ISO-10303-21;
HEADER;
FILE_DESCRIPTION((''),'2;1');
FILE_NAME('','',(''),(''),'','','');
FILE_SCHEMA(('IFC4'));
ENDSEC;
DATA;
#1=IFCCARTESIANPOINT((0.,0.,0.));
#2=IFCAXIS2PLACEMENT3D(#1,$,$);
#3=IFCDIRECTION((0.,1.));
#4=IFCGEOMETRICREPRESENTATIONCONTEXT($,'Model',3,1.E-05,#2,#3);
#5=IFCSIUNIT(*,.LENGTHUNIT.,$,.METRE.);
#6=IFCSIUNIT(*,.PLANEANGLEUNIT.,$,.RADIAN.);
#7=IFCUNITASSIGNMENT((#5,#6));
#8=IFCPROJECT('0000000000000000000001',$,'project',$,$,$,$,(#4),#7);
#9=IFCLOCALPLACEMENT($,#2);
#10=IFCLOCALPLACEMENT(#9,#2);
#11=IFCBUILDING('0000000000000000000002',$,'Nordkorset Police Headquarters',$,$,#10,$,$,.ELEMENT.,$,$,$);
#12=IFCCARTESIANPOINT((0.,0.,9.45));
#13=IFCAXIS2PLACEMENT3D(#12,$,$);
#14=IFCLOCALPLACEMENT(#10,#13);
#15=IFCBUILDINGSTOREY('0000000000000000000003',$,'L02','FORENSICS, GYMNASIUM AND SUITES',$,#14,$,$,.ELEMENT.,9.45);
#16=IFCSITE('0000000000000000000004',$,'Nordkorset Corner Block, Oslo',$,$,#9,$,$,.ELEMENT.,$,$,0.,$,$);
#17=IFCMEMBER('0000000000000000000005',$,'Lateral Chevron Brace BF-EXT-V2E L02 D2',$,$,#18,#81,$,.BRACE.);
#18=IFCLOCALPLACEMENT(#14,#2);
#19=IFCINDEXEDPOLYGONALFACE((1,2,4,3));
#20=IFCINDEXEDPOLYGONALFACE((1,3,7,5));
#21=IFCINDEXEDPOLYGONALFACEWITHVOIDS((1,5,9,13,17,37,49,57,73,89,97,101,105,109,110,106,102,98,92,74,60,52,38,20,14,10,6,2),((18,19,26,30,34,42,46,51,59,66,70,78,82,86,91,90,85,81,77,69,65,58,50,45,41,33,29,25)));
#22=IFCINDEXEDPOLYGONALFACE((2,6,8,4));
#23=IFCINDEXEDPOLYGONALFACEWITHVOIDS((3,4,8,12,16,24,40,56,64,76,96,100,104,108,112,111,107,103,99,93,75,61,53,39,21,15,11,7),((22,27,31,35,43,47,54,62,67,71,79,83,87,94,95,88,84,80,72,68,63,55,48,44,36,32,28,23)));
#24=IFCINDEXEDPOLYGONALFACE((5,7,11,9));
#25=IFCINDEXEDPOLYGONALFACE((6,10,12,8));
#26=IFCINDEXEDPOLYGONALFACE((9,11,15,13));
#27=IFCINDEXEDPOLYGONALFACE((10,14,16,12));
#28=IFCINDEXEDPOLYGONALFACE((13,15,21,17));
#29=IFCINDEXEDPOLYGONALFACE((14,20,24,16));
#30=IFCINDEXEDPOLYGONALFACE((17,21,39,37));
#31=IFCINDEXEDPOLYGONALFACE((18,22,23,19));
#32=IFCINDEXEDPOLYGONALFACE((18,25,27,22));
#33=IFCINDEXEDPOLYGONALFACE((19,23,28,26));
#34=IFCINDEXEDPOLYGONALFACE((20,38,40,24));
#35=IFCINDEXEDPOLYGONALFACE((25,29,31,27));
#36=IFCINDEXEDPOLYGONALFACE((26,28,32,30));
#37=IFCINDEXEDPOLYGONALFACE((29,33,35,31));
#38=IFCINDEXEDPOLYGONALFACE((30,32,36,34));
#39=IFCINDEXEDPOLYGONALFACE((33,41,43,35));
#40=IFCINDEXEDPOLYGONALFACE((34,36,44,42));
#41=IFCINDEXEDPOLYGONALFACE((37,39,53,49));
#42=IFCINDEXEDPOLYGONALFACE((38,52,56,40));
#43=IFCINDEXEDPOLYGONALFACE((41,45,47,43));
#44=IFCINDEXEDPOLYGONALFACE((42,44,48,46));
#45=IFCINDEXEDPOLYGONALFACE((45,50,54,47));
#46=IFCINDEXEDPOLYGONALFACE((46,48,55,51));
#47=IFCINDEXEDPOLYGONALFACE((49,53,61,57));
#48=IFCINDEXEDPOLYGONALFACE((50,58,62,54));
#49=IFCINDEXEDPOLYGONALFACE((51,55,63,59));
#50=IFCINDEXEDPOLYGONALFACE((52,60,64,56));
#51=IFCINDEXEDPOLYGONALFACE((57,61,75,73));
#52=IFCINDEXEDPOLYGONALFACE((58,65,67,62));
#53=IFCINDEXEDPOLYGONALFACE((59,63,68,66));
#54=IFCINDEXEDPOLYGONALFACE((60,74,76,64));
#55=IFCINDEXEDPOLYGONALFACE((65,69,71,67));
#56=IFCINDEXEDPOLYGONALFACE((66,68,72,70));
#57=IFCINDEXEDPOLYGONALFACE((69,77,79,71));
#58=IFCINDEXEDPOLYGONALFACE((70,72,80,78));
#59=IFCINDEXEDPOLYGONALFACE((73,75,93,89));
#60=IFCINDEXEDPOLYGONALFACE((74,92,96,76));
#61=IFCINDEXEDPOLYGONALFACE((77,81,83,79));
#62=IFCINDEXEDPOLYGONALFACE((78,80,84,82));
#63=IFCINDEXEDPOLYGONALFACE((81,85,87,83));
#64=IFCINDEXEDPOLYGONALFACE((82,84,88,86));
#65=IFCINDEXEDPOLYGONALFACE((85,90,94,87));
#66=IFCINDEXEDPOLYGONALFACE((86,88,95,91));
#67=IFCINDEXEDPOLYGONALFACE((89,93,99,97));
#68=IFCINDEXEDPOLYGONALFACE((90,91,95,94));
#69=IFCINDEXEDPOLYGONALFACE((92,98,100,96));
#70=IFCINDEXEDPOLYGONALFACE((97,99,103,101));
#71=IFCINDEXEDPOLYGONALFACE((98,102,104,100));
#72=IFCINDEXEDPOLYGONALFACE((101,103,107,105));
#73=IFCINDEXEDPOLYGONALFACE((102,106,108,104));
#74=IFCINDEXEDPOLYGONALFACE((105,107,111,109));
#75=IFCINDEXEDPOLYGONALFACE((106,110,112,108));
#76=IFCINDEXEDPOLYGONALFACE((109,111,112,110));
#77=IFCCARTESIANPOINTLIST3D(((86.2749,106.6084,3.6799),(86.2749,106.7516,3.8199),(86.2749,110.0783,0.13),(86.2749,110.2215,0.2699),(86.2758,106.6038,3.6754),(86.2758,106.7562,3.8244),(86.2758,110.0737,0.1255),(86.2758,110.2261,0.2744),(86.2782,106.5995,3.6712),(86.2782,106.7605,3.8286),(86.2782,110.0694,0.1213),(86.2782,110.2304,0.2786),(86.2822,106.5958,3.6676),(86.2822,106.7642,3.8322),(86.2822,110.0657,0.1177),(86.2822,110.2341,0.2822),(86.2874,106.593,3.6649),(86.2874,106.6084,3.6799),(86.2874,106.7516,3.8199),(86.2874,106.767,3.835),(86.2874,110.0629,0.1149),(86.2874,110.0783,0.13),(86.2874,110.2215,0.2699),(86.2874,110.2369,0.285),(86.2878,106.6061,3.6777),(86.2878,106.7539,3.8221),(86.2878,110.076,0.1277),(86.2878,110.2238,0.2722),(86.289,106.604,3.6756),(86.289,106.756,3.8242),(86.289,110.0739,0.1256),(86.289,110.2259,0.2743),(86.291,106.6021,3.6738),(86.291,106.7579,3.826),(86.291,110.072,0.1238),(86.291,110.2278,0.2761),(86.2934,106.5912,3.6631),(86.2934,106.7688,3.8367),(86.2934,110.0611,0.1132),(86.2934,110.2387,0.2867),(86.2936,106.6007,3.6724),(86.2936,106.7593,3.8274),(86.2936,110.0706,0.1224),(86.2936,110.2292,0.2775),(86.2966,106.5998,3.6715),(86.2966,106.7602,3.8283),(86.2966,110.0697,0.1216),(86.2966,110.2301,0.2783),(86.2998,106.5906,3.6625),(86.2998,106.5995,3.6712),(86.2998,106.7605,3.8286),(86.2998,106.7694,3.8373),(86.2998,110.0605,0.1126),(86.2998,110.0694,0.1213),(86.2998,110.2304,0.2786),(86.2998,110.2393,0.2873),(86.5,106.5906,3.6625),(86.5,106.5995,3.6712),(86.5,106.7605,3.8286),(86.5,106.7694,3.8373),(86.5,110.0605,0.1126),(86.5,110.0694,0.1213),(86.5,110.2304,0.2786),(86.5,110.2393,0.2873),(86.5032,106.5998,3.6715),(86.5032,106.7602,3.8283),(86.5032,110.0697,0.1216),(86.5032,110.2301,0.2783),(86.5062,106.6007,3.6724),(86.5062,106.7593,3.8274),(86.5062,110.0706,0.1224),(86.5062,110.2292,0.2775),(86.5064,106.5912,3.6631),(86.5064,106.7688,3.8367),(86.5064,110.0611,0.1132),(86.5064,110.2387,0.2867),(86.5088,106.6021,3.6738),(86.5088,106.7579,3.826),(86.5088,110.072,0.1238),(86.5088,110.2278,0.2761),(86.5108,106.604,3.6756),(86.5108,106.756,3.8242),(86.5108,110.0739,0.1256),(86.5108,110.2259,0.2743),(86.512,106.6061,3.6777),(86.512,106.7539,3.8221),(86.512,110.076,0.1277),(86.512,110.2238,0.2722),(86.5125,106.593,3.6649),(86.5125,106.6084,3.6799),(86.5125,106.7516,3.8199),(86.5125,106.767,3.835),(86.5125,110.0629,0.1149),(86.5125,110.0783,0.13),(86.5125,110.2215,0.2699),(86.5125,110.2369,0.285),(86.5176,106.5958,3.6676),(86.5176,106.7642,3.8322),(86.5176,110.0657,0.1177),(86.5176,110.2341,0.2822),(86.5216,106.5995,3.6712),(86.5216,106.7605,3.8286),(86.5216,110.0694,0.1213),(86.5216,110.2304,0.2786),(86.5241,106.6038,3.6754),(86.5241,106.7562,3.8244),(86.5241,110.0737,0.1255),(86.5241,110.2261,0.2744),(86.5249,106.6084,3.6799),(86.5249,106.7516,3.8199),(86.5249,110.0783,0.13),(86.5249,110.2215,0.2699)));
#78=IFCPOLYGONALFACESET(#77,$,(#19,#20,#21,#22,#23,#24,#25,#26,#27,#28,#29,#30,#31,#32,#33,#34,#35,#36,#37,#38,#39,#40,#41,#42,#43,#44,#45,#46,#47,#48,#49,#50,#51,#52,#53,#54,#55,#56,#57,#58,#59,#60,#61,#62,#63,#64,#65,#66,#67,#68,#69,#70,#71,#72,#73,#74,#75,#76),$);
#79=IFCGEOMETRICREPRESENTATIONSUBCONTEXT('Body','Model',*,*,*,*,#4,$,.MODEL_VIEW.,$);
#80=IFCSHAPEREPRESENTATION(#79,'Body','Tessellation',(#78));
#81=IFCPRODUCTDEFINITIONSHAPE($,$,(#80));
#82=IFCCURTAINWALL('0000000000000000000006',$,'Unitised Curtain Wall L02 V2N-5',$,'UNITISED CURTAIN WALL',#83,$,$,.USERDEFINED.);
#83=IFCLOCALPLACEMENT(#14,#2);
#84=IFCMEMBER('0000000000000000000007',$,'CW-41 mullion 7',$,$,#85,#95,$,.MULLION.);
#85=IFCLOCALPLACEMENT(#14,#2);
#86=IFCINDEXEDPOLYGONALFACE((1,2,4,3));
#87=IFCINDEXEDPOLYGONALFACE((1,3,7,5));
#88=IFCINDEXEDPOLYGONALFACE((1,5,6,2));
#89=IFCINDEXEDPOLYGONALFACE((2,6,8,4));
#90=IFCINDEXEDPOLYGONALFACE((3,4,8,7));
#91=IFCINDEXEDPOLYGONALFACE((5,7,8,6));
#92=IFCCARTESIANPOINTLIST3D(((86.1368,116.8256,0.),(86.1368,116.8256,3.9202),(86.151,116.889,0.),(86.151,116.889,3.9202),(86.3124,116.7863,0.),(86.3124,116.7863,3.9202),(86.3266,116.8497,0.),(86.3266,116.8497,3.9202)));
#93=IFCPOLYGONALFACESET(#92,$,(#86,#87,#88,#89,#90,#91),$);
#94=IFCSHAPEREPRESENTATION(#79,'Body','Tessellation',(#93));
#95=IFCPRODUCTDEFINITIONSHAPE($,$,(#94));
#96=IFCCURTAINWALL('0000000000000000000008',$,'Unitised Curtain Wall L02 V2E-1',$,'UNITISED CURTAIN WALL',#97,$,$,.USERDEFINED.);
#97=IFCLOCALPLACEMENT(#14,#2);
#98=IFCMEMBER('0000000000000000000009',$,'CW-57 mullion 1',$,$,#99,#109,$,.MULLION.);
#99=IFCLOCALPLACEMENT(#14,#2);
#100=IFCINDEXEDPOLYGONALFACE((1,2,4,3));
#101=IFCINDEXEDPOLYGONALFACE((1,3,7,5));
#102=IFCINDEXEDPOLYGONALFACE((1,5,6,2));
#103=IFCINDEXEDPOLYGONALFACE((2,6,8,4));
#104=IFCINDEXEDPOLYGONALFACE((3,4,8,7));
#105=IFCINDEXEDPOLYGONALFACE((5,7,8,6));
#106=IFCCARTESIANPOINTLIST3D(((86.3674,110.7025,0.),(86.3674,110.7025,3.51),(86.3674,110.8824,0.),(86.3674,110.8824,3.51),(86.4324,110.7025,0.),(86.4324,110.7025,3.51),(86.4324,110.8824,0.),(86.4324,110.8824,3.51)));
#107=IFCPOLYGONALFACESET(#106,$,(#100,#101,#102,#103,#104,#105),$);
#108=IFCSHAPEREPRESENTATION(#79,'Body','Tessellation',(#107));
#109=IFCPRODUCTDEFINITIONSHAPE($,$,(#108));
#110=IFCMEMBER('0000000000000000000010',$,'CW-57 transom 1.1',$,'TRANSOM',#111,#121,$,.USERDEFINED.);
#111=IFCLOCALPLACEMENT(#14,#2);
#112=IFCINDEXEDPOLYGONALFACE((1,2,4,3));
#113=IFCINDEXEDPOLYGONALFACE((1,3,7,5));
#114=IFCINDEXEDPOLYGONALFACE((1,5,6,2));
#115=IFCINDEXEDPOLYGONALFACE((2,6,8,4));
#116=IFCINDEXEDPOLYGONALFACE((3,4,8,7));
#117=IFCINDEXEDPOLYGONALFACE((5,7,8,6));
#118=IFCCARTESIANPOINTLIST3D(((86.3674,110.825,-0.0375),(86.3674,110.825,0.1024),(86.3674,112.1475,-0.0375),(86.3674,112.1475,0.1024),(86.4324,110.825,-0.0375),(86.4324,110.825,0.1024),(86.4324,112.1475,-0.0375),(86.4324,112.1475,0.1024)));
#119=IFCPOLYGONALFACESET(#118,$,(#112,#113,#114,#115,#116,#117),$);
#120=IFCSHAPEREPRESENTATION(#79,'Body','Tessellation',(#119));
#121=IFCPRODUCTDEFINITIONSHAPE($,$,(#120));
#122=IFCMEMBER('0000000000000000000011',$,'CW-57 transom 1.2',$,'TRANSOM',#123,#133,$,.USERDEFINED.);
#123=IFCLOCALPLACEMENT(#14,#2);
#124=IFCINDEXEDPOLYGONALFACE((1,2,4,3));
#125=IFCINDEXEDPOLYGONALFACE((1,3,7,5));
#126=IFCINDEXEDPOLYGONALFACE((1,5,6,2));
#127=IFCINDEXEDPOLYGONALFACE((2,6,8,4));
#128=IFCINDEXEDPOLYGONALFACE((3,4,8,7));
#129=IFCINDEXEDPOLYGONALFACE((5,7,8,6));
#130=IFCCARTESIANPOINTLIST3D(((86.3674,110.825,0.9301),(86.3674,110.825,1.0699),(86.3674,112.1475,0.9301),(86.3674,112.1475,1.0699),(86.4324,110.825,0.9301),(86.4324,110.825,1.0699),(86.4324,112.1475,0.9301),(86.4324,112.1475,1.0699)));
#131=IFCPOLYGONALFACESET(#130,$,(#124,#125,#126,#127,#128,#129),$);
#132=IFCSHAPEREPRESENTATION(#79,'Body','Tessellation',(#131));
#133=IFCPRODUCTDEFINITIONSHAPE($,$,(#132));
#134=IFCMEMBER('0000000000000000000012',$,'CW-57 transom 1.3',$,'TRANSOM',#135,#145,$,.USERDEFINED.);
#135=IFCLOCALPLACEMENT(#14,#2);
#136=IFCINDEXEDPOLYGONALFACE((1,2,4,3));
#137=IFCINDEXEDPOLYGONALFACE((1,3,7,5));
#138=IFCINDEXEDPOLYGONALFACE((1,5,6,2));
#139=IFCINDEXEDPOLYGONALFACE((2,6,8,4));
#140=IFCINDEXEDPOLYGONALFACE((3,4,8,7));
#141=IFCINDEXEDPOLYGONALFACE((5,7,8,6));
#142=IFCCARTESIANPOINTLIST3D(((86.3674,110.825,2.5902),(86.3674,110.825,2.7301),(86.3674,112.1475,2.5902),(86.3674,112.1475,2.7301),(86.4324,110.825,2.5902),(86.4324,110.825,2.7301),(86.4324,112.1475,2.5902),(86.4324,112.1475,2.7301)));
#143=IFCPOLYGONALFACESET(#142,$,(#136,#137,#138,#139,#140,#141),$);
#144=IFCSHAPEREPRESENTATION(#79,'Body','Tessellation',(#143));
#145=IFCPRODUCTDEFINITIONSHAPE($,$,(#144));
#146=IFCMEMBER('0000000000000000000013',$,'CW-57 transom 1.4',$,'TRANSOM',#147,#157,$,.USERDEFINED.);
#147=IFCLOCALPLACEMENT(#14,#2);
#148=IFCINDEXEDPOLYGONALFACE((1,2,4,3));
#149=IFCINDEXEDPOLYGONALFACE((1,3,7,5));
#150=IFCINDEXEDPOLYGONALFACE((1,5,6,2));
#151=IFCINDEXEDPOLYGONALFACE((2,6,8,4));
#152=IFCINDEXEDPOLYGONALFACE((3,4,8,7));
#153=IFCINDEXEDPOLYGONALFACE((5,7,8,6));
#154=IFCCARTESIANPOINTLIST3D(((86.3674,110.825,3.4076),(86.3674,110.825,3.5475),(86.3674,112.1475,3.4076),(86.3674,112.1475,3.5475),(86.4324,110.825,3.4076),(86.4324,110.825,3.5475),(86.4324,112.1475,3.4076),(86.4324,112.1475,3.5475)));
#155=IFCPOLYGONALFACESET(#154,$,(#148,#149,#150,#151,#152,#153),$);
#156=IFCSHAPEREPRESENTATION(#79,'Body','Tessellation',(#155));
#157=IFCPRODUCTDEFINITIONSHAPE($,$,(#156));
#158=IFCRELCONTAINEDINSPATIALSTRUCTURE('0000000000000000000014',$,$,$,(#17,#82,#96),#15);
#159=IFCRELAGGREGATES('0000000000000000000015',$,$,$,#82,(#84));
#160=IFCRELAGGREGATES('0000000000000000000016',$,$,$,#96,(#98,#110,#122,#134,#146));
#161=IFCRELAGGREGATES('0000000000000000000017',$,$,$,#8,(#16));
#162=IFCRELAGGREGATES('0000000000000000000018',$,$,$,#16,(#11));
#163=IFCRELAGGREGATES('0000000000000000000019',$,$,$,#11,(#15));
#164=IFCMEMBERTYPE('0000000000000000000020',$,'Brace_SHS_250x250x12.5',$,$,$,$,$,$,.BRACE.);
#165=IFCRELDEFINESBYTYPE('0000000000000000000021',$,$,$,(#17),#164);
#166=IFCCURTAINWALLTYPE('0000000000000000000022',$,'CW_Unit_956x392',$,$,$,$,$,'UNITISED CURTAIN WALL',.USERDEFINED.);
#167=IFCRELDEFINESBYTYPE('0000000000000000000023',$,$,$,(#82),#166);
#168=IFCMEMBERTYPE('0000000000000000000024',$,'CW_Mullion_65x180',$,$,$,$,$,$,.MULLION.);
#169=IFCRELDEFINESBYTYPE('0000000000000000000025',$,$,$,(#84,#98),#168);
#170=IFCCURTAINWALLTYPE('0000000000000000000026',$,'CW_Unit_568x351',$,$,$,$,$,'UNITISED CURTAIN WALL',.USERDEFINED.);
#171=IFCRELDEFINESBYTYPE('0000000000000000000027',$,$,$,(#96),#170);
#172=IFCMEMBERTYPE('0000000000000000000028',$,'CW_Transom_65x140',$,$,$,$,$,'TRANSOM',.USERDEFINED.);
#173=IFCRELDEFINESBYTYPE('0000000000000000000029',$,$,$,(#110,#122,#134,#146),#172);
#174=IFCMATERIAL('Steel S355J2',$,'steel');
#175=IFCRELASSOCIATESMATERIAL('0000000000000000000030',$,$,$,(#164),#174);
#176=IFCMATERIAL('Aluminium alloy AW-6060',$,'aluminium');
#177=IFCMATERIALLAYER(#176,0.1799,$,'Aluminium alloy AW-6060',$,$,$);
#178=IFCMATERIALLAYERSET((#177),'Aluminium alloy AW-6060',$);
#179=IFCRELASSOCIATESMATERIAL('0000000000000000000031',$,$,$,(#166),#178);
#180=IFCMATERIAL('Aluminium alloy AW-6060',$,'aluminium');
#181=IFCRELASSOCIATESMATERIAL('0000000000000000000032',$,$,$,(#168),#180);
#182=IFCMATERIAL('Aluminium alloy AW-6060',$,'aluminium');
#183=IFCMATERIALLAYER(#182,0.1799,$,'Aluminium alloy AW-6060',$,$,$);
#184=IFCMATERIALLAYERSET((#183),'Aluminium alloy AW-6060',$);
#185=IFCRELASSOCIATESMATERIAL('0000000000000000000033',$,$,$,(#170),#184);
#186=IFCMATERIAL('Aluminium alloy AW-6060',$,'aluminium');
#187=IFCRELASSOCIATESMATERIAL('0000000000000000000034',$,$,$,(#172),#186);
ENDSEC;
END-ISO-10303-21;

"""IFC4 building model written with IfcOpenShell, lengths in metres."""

from ifc_helpers import new_model, si_unit, direction, frame, origin, origin_2d, place, context, subcontext, project, spatial, rectangle, hollow_rectangle, extrude, material, layer, layer_set, material_profile, profile_set, type_object, element, aggregate, save


model = new_model("IFC4")

# Units and contexts
model_context = context("Model", 3, precision=1e-05, world=origin(), true_north=direction((0.0, 1.0)))
body_context = subcontext(model_context, "Body", "Model", "MODEL_VIEW")
ifc_project = project(units=[si_unit("LENGTHUNIT", "METRE"), si_unit("PLANEANGLEUNIT", "RADIAN")], contexts=[model_context])

# Site, building, storey
site_placement = place(None, origin())
site = spatial("IfcSite", under=ifc_project, at=site_placement, Name="Nordkorset Corner Block, Oslo", CompositionType="ELEMENT", RefElevation=0.0)
building_placement = place(site_placement, origin())
building = spatial("IfcBuilding", under=site, at=building_placement, Name="Nordkorset Police Headquarters", CompositionType="ELEMENT")
storey_placement = place(building_placement, frame((0.0, 0.0, 9.45)))
storey = spatial("IfcBuildingStorey", under=building, at=storey_placement, Name="L02", Description="FORENSICS, GYMNASIUM AND SUITES", CompositionType="ELEMENT", Elevation=9.45)

# Member
ifc_material_1 = material(Name="Steel S355J2", Category="steel")
ifc_material_profile_1 = material_profile(ifc_material_1, hollow_rectangle(XDim=0.25, YDim=0.25, WallThickness=0.0125, InnerFilletRadius=0.0125, OuterFilletRadius=0.0249, at=origin_2d()), Name="SHS 250x250x12.5")
ifc_profile_set_1 = profile_set([ifc_material_profile_1], Name="Steel S355J2")
member_type_1 = type_object("IfcMemberType", Name="Brace_SHS_250x250x12.5", PredefinedType="BRACE", material=ifc_profile_set_1)
for number, where, z_axis, x_axis, name in (
    (1, (86.3999, 110.1499, 0.2), (0.0, -0.698995, 0.715126), (1.0, 0.0, 0.0), "Lateral Chevron Brace BF-EXT-V2E L02 D2"),
):
    element("IfcMember", number, at=place(storey_placement, frame(where, z_axis=z_axis, x_axis=x_axis)), inside=storey, type_object=member_type_1, Name=name, PredefinedType="BRACE", context=body_context, shape_type="SweptSolid", body=[
        extrude(hollow_rectangle(XDim=0.25, YDim=0.25, WallThickness=0.0125, InnerFilletRadius=0.0125, OuterFilletRadius=0.0249, at=origin_2d()), origin(), (0.0, 0.0, 1.0), 4.9641),
    ])

# Curtain wall, member
ifc_material_2 = material(Name="Aluminium alloy AW-6060", Category="aluminium")
ifc_layer_1 = layer(ifc_material_2, 0.1799, Name="Aluminium alloy AW-6060")
ifc_layer_set_1 = layer_set([ifc_layer_1], Name="Aluminium alloy AW-6060")
curtain_wall_type_1 = type_object("IfcCurtainWallType", Name="CW_Unit_956x392", ElementType="UNITISED CURTAIN WALL", PredefinedType="USERDEFINED", material=ifc_layer_set_1)
curtain_wall_1_placement = place(storey_placement, origin())
curtain_wall_1 = element("IfcCurtainWall", 2, at=curtain_wall_1_placement, inside=storey, type_object=curtain_wall_type_1, Name="Unitised Curtain Wall L02 V2N-5", ObjectType="UNITISED CURTAIN WALL", PredefinedType="USERDEFINED")
ifc_material_3 = material(Name="Aluminium alloy AW-6060", Category="aluminium")
ifc_material_profile_2 = material_profile(ifc_material_3, rectangle(XDim=0.0649, YDim=0.1799, at=origin_2d()), Name="ALU MULL 65x180")
ifc_profile_set_2 = profile_set([ifc_material_profile_2], Name="Aluminium alloy AW-6060")
member_type_2 = type_object("IfcMemberType", Name="CW_Mullion_65x180", PredefinedType="MULLION", material=ifc_profile_set_2)
member_1_placement = place(storey_placement, frame((86.2317, 116.8376, 0.0), z_axis=(0.0, 0.0, 1.0), x_axis=(0.218544, 0.975827, 0.0)))
member_1 = element("IfcMember", 3, at=member_1_placement, type_object=member_type_2, Name="CW-41 mullion 7", PredefinedType="MULLION", context=body_context, shape_type="SweptSolid", body=[
    extrude(rectangle(XDim=0.0649, YDim=0.1799, at=origin_2d()), origin(), (0.0, 0.0, 1.0), 3.9202),
])
aggregate(curtain_wall_1, [member_1])

# Curtain wall, members
ifc_material_4 = material(Name="Aluminium alloy AW-6060", Category="aluminium")
ifc_layer_2 = layer(ifc_material_4, 0.1799, Name="Aluminium alloy AW-6060")
ifc_layer_set_2 = layer_set([ifc_layer_2], Name="Aluminium alloy AW-6060")
curtain_wall_type_2 = type_object("IfcCurtainWallType", Name="CW_Unit_568x351", ElementType="UNITISED CURTAIN WALL", PredefinedType="USERDEFINED", material=ifc_layer_set_2)
curtain_wall_2_placement = place(storey_placement, origin())
curtain_wall_2 = element("IfcCurtainWall", 4, at=curtain_wall_2_placement, inside=storey, type_object=curtain_wall_type_2, Name="Unitised Curtain Wall L02 V2E-1", ObjectType="UNITISED CURTAIN WALL", PredefinedType="USERDEFINED")
member_2_placement = place(storey_placement, frame((86.3999, 110.7925, 0.0), z_axis=(0.0, 0.0, 1.0), x_axis=(-1.0, 0.0, 0.0)))
member_2 = element("IfcMember", 5, at=member_2_placement, type_object=member_type_2, Name="CW-57 mullion 1", PredefinedType="MULLION", context=body_context, shape_type="SweptSolid", body=[
    extrude(rectangle(XDim=0.0649, YDim=0.1799, at=origin_2d()), origin(), (0.0, 0.0, 1.0), 3.51),
])
ifc_material_5 = material(Name="Aluminium alloy AW-6060", Category="aluminium")
ifc_material_profile_3 = material_profile(ifc_material_5, rectangle(XDim=0.0649, YDim=0.1399, at=origin_2d()), Name="ALU TRAN 65x140")
ifc_profile_set_3 = profile_set([ifc_material_profile_3], Name="Aluminium alloy AW-6060")
member_type_3 = type_object("IfcMemberType", Name="CW_Transom_65x140", ElementType="TRANSOM", PredefinedType="USERDEFINED", material=ifc_profile_set_3)
member_3_placement = place(storey_placement, frame((86.3999, 110.825, 0.0325), z_axis=(0.0, 1.0, 0.0), x_axis=(-1.0, 0.0, 0.0)))
member_3 = element("IfcMember", 6, at=member_3_placement, type_object=member_type_3, Name="CW-57 transom 1.1", ObjectType="TRANSOM", PredefinedType="USERDEFINED", context=body_context, shape_type="SweptSolid", body=[
    extrude(rectangle(XDim=0.0649, YDim=0.1399, at=origin_2d()), origin(), (0.0, 0.0, 1.0), 1.3225),
])
member_4_placement = place(storey_placement, frame((86.3999, 110.825, 1.0), z_axis=(0.0, 1.0, 0.0), x_axis=(-1.0, 0.0, 0.0)))
member_4 = element("IfcMember", 7, at=member_4_placement, type_object=member_type_3, Name="CW-57 transom 1.2", ObjectType="TRANSOM", PredefinedType="USERDEFINED", context=body_context, shape_type="SweptSolid", body=[
    extrude(rectangle(XDim=0.0649, YDim=0.1399, at=origin_2d()), origin(), (0.0, 0.0, 1.0), 1.3225),
])
member_5_placement = place(storey_placement, frame((86.3999, 110.825, 2.6602), z_axis=(0.0, 1.0, 0.0), x_axis=(-1.0, 0.0, 0.0)))
member_5 = element("IfcMember", 8, at=member_5_placement, type_object=member_type_3, Name="CW-57 transom 1.3", ObjectType="TRANSOM", PredefinedType="USERDEFINED", context=body_context, shape_type="SweptSolid", body=[
    extrude(rectangle(XDim=0.0649, YDim=0.1399, at=origin_2d()), origin(), (0.0, 0.0, 1.0), 1.3225),
])
member_6_placement = place(storey_placement, frame((86.3999, 110.825, 3.4775), z_axis=(0.0, 1.0, 0.0), x_axis=(-1.0, 0.0, 0.0)))
member_6 = element("IfcMember", 9, at=member_6_placement, type_object=member_type_3, Name="CW-57 transom 1.4", ObjectType="TRANSOM", PredefinedType="USERDEFINED", context=body_context, shape_type="SweptSolid", body=[
    extrude(rectangle(XDim=0.0649, YDim=0.1399, at=origin_2d()), origin(), (0.0, 0.0, 1.0), 1.3225),
])
aggregate(curtain_wall_2, [member_2, member_3, member_4, member_5, member_6])

save(model, "model.ifc")
